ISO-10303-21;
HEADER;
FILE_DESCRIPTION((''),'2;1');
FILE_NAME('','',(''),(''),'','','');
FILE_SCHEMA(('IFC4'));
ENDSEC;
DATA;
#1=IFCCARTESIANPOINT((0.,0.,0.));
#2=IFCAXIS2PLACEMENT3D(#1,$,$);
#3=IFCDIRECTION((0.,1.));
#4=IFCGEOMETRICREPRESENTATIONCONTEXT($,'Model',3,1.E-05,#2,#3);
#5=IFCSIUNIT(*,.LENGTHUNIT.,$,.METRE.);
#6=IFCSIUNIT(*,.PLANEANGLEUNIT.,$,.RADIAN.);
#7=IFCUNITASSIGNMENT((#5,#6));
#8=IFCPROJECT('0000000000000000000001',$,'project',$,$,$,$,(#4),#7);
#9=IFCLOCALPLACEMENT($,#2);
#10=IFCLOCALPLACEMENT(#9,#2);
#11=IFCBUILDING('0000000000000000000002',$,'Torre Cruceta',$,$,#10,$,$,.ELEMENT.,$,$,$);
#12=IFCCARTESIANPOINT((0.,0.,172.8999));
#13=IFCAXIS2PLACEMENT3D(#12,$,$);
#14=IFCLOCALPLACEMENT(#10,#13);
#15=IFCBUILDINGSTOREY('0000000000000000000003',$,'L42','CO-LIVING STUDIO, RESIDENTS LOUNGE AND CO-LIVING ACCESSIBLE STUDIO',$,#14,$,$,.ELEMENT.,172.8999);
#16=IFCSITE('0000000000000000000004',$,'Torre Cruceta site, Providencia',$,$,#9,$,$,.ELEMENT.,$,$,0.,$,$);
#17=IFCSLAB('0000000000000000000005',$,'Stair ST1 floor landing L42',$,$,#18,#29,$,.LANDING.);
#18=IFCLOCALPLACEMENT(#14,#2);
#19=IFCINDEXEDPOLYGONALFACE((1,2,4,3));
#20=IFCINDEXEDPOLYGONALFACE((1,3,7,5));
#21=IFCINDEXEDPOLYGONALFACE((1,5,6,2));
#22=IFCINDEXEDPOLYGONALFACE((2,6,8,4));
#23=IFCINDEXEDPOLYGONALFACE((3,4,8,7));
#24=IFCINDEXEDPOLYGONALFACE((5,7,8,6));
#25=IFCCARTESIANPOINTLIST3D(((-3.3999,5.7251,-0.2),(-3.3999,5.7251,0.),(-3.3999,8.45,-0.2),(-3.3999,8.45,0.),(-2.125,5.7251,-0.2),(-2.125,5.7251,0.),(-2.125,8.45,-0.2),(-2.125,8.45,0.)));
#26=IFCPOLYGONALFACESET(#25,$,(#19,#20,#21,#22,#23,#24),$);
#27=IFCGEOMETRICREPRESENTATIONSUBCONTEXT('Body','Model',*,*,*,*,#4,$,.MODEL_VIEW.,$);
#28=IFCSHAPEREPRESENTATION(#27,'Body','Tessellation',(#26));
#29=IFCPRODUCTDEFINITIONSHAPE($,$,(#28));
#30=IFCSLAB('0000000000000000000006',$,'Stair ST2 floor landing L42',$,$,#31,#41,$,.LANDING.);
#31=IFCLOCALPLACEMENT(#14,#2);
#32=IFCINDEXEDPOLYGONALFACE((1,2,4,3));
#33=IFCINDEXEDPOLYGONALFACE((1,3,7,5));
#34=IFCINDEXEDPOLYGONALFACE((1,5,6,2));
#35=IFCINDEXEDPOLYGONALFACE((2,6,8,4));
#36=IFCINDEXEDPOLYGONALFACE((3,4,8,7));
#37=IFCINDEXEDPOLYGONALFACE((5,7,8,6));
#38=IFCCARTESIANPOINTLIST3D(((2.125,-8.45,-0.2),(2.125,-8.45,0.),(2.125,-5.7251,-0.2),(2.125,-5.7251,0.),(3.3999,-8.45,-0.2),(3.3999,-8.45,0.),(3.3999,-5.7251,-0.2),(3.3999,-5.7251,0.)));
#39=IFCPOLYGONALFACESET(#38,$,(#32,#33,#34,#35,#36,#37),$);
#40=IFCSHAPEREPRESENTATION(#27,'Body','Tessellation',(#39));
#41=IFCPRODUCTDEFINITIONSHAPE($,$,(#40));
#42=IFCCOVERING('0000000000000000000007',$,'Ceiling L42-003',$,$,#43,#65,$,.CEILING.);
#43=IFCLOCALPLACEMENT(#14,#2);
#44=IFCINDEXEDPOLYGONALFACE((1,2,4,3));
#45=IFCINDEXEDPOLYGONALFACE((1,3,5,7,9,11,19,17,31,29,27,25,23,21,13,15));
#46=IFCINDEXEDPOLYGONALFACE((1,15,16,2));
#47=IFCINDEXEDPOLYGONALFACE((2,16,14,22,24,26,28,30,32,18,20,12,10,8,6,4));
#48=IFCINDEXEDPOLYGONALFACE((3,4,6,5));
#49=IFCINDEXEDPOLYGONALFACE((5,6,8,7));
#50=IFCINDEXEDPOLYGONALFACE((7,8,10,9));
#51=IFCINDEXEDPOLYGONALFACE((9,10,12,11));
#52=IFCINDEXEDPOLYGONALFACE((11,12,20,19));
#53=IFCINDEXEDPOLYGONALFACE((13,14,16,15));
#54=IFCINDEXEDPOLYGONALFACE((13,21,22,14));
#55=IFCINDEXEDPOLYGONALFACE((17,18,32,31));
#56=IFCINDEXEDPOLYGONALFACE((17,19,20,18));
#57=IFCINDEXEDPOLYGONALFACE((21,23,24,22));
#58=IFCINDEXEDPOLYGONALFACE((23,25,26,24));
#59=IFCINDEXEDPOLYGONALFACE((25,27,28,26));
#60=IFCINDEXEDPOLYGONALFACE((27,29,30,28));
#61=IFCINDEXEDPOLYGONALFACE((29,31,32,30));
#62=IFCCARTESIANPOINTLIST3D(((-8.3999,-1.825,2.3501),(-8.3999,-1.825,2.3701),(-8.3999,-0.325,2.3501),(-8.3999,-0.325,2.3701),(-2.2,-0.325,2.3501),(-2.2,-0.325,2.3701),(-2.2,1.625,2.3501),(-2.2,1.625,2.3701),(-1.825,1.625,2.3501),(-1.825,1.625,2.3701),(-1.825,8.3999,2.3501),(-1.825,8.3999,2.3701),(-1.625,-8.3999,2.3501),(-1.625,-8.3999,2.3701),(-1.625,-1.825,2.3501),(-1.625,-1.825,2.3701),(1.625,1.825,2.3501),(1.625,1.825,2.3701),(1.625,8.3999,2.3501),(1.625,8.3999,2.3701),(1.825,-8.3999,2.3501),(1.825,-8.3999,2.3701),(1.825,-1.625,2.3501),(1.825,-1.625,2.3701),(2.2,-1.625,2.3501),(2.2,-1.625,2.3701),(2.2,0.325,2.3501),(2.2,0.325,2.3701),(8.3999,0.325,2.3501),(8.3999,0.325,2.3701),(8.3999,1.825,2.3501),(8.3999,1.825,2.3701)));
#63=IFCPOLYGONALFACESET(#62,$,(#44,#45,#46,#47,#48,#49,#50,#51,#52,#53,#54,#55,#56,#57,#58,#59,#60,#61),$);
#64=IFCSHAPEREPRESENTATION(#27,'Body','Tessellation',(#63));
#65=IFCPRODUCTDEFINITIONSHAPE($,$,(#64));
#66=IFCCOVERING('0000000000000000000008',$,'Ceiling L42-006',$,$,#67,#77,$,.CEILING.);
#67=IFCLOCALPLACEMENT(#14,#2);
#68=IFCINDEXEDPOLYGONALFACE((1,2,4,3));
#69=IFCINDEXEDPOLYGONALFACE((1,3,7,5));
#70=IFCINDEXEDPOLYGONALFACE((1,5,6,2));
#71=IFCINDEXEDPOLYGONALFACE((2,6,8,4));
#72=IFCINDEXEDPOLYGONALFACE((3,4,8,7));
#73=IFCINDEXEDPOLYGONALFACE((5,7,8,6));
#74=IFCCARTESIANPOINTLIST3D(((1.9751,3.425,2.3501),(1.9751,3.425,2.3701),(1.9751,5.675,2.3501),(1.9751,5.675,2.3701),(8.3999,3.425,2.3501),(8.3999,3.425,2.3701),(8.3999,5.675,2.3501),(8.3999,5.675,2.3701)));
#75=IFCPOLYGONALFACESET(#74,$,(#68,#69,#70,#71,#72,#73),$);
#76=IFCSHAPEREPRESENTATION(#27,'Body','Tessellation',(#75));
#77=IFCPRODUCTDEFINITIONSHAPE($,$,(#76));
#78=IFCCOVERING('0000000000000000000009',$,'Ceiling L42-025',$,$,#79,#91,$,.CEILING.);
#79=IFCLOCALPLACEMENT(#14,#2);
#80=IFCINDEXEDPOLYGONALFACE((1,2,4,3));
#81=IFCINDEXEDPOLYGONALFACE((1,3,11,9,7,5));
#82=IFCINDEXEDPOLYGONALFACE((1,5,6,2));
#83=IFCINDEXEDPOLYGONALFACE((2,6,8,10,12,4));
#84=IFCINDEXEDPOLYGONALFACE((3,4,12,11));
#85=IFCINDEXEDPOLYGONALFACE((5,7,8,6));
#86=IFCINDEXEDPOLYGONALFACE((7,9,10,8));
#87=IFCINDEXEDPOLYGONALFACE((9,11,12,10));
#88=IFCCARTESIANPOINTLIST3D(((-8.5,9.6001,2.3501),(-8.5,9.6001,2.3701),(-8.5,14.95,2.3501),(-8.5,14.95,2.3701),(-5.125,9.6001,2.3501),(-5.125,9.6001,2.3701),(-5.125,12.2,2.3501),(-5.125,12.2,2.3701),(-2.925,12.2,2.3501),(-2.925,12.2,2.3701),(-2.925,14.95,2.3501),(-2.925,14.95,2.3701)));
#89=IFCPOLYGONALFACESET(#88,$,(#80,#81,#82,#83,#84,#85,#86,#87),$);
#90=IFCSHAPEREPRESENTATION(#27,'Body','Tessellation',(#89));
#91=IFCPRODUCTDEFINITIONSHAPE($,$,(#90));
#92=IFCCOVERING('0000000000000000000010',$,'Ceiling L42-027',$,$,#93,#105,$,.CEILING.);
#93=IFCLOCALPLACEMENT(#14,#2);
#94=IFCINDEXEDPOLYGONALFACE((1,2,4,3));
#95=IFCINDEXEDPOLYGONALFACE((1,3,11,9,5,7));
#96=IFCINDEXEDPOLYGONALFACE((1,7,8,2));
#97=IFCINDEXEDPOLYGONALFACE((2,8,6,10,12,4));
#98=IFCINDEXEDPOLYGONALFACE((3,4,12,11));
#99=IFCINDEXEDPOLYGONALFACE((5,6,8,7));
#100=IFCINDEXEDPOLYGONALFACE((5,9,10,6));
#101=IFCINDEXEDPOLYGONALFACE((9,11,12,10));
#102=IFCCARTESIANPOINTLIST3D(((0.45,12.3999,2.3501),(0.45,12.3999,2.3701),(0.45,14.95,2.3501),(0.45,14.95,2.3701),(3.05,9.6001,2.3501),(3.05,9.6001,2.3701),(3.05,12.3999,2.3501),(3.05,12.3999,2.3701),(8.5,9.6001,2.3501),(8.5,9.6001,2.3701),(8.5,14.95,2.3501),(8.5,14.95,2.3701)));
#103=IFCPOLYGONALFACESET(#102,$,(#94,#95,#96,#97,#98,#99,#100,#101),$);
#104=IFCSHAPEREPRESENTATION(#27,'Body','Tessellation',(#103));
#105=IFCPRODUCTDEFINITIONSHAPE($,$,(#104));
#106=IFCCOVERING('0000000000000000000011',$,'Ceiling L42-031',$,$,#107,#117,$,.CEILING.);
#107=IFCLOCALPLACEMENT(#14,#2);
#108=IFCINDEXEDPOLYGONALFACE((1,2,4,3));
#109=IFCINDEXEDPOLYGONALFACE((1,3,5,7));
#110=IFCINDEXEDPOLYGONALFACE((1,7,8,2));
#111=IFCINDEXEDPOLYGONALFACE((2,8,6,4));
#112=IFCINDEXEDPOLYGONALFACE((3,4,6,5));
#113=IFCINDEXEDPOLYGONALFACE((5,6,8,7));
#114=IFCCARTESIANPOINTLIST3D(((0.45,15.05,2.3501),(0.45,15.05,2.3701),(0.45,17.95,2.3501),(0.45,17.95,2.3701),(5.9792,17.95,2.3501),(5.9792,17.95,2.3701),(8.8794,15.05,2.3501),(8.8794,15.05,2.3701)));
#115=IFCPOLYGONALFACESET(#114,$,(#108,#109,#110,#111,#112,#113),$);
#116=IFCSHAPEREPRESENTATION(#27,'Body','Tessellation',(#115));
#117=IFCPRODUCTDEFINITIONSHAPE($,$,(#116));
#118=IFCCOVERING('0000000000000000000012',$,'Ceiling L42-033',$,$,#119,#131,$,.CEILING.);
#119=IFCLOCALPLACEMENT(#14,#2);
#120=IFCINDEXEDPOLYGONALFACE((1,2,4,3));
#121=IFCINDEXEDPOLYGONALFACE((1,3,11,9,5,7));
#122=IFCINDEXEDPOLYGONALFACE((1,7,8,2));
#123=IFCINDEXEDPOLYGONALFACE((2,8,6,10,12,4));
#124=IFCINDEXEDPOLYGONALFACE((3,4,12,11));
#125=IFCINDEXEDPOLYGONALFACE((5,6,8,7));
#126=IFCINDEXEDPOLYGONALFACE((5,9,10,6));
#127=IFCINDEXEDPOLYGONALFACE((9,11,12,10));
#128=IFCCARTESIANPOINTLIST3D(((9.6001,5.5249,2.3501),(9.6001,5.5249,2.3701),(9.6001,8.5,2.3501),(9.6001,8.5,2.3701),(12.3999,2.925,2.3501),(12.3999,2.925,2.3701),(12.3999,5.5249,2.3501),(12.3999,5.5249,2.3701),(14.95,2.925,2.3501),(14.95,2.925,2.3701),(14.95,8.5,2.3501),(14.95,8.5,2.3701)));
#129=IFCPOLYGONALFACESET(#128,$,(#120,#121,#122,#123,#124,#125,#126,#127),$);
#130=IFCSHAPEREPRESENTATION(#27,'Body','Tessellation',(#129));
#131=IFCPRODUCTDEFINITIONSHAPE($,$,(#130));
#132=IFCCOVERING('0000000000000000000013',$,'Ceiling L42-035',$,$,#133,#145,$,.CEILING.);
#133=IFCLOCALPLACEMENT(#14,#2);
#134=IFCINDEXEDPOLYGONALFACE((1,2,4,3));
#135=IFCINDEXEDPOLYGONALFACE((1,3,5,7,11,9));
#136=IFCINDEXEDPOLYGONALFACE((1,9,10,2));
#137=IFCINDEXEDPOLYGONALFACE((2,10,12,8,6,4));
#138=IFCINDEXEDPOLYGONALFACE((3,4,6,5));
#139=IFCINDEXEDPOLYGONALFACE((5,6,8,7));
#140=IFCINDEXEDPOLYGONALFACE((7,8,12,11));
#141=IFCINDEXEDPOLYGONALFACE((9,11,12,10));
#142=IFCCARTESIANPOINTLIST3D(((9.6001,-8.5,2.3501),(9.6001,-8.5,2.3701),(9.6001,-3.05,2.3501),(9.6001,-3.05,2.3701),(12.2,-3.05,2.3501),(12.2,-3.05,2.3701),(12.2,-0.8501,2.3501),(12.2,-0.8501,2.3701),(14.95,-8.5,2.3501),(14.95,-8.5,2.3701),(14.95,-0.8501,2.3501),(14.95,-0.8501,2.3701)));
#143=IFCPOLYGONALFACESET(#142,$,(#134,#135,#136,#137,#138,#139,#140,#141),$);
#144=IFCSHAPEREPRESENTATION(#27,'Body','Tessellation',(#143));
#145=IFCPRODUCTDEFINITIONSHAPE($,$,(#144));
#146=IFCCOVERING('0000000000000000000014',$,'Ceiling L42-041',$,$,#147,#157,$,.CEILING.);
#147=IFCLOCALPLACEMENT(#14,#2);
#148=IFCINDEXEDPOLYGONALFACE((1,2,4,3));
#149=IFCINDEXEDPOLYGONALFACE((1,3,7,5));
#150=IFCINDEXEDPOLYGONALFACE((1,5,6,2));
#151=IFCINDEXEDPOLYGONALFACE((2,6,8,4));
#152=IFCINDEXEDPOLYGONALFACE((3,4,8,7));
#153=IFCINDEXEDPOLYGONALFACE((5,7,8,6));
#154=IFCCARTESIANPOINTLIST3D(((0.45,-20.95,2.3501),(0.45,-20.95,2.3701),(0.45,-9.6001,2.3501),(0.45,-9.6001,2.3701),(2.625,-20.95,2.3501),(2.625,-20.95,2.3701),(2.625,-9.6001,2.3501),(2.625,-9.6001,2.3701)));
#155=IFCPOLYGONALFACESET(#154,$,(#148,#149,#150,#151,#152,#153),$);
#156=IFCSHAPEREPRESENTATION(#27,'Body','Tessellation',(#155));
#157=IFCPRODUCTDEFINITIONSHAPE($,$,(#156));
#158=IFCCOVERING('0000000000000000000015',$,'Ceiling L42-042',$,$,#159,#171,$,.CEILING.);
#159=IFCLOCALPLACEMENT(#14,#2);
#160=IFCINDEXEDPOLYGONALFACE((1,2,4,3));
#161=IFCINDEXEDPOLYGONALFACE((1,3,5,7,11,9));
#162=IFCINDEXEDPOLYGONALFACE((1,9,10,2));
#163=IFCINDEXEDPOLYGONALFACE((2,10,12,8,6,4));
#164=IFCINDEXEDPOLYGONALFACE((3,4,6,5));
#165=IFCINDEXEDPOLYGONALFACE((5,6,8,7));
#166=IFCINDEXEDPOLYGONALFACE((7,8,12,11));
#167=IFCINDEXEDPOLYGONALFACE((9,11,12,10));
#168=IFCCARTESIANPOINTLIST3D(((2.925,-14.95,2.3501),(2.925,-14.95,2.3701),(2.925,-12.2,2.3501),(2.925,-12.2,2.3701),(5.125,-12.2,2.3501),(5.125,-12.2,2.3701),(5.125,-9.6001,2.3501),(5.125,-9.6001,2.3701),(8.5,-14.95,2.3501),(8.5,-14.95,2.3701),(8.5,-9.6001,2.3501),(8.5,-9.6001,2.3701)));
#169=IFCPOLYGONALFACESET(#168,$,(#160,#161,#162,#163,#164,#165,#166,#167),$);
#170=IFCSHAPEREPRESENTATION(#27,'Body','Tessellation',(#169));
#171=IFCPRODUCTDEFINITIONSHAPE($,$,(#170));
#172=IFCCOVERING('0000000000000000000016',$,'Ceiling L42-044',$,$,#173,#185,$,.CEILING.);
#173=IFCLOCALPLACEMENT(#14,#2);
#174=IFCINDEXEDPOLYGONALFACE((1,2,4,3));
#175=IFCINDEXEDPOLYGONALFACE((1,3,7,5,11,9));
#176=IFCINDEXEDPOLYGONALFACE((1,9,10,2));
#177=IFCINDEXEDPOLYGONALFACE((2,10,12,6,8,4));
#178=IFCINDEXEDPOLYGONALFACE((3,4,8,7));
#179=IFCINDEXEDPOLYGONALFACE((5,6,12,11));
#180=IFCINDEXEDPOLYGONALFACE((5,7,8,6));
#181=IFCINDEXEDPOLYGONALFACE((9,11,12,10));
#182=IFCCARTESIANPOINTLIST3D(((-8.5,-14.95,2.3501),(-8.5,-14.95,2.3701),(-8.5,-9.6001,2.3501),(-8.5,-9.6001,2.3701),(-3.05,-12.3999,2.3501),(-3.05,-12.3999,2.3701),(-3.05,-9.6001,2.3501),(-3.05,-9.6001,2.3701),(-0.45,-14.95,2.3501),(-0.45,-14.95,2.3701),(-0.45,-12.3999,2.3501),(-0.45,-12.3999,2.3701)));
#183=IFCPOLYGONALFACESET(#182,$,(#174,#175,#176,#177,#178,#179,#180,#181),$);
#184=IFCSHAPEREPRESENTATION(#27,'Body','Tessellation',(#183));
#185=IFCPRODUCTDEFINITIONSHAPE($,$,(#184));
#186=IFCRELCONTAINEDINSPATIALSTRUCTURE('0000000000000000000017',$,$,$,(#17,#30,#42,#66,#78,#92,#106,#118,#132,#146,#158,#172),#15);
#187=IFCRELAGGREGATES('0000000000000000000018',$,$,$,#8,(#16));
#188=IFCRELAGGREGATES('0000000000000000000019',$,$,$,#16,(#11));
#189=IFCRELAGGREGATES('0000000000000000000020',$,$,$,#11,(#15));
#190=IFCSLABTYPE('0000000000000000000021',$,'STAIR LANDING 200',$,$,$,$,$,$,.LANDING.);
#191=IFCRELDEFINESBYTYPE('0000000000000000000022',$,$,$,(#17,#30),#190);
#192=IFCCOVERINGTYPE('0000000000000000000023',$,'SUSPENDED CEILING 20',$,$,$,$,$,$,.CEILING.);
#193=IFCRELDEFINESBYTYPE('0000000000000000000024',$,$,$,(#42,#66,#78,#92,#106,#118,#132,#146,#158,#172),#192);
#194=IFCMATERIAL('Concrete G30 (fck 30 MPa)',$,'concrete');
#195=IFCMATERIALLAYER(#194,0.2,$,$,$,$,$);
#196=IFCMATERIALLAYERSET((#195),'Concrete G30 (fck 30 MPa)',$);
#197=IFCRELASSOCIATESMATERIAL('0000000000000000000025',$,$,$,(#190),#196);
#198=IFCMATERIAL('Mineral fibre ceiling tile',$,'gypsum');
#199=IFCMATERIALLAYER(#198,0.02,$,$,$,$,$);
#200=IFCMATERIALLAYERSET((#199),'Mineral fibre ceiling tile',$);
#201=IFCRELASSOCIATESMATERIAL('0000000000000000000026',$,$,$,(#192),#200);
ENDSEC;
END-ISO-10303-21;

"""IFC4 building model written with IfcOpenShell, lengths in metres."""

from ifc_helpers import new_model, si_unit, direction, frame, origin, place, context, subcontext, project, spatial, polyline, outline, extrude, material, layer, layer_set, type_object, element, save


model = new_model("IFC4")

# Units and contexts
model_context = context("Model", 3, precision=1e-05, world=origin(), true_north=direction((0.0, 1.0)))
body_context = subcontext(model_context, "Body", "Model", "MODEL_VIEW")
ifc_project = project(units=[si_unit("LENGTHUNIT", "METRE"), si_unit("PLANEANGLEUNIT", "RADIAN")], contexts=[model_context])

# Site, building, storey
site_placement = place(None, origin())
site = spatial("IfcSite", under=ifc_project, at=site_placement, Name="Torre Cruceta site, Providencia", CompositionType="ELEMENT", RefElevation=0.0)
building_placement = place(site_placement, origin())
building = spatial("IfcBuilding", under=site, at=building_placement, Name="Torre Cruceta", CompositionType="ELEMENT")
storey_placement = place(building_placement, frame((0.0, 0.0, 172.8999)))
storey = spatial("IfcBuildingStorey", under=building, at=storey_placement, Name="L42", Description="CO-LIVING STUDIO, RESIDENTS LOUNGE AND CO-LIVING ACCESSIBLE STUDIO", CompositionType="ELEMENT", Elevation=172.8999)

# Shared definitions
ifc_material_1 = material(Name="Concrete G30 (fck 30 MPa)", Category="concrete")
ifc_layer_1 = layer(ifc_material_1, 0.2)
ifc_layer_set_1 = layer_set([ifc_layer_1], Name="Concrete G30 (fck 30 MPa)")
slab_type_1 = type_object("IfcSlabType", Name="STAIR LANDING 200", PredefinedType="LANDING", material=ifc_layer_set_1)

# Slabs
slab_1_placement = place(storey_placement, frame((0.0, 0.0, -0.2)))
element("IfcSlab", 1, at=slab_1_placement, inside=storey, type_object=slab_type_1, Name="Stair ST1 floor landing L42", PredefinedType="LANDING", context=body_context, shape_type="SweptSolid", body=[
    extrude(outline(polyline([(-2.125, 8.45), (-2.125, 5.7251), (-3.3999, 5.7251), (-3.3999, 8.45), (-2.125, 8.45)])), origin(), (0.0, 0.0, 1.0), 0.2),
])
slab_2_placement = place(storey_placement, frame((0.0, 0.0, -0.2)))
element("IfcSlab", 2, at=slab_2_placement, inside=storey, type_object=slab_type_1, Name="Stair ST2 floor landing L42", PredefinedType="LANDING", context=body_context, shape_type="SweptSolid", body=[
    extrude(outline(polyline([(2.125, -8.45), (2.125, -5.7251), (3.3999, -5.7251), (3.3999, -8.45), (2.125, -8.45)])), origin(), (0.0, 0.0, 1.0), 0.2),
])

# Coverings
ifc_material_2 = material(Name="Mineral fibre ceiling tile", Category="gypsum")
ifc_layer_2 = layer(ifc_material_2, 0.02)
ifc_layer_set_2 = layer_set([ifc_layer_2], Name="Mineral fibre ceiling tile")
covering_type = type_object("IfcCoveringType", Name="SUSPENDED CEILING 20", PredefinedType="CEILING", material=ifc_layer_set_2)
covering_1_placement = place(storey_placement, frame((0.0, 0.0, 2.3501)))
element("IfcCovering", 3, at=covering_1_placement, inside=storey, type_object=covering_type, Name="Ceiling L42-003", PredefinedType="CEILING", context=body_context, shape_type="SweptSolid", body=[
    extrude(outline(polyline([(1.825, -8.3999), (-1.625, -8.3999), (-1.625, -1.825), (-8.3999, -1.825), (-8.3999, -0.325), (-2.2, -0.325), (-2.2, 1.625), (-1.825, 1.625), (-1.825, 8.3999), (1.625, 8.3999), (1.625, 1.825), (8.3999, 1.825), (8.3999, 0.325), (2.2, 0.325), (2.2, -1.625), (1.825, -1.625), (1.825, -8.3999)])), origin(), (0.0, 0.0, 1.0), 0.02),
])
covering_2_placement = place(storey_placement, frame((0.0, 0.0, 2.3501)))
element("IfcCovering", 4, at=covering_2_placement, inside=storey, type_object=covering_type, Name="Ceiling L42-006", PredefinedType="CEILING", context=body_context, shape_type="SweptSolid", body=[
    extrude(outline(polyline([(1.9751, 3.425), (1.9751, 5.675), (8.3999, 5.675), (8.3999, 3.425), (1.9751, 3.425)])), origin(), (0.0, 0.0, 1.0), 0.02),
])
covering_3_placement = place(storey_placement, frame((0.0, 0.0, 2.3501)))
element("IfcCovering", 5, at=covering_3_placement, inside=storey, type_object=covering_type, Name="Ceiling L42-025", PredefinedType="CEILING", context=body_context, shape_type="SweptSolid", body=[
    extrude(outline(polyline([(-8.5, 9.6001), (-8.5, 14.95), (-2.925, 14.95), (-2.925, 12.2), (-5.125, 12.2), (-5.125, 9.6001), (-8.5, 9.6001)])), origin(), (0.0, 0.0, 1.0), 0.02),
])
covering_4_placement = place(storey_placement, frame((0.0, 0.0, 2.3501)))
element("IfcCovering", 6, at=covering_4_placement, inside=storey, type_object=covering_type, Name="Ceiling L42-027", PredefinedType="CEILING", context=body_context, shape_type="SweptSolid", body=[
    extrude(outline(polyline([(0.45, 14.95), (8.5, 14.95), (8.5, 9.6001), (3.05, 9.6001), (3.05, 12.3999), (0.45, 12.3999), (0.45, 14.95)])), origin(), (0.0, 0.0, 1.0), 0.02),
])
covering_5_placement = place(storey_placement, frame((0.0, 0.0, 2.3501)))
element("IfcCovering", 7, at=covering_5_placement, inside=storey, type_object=covering_type, Name="Ceiling L42-031", PredefinedType="CEILING", context=body_context, shape_type="SweptSolid", body=[
    extrude(outline(polyline([(8.8794, 15.05), (0.45, 15.05), (0.45, 17.95), (5.9792, 17.95), (8.8794, 15.05)])), origin(), (0.0, 0.0, 1.0), 0.02),
])
covering_6_placement = place(storey_placement, frame((0.0, 0.0, 2.3501)))
element("IfcCovering", 8, at=covering_6_placement, inside=storey, type_object=covering_type, Name="Ceiling L42-033", PredefinedType="CEILING", context=body_context, shape_type="SweptSolid", body=[
    extrude(outline(polyline([(9.6001, 8.5), (14.95, 8.5), (14.95, 2.925), (12.3999, 2.925), (12.3999, 5.5249), (9.6001, 5.5249), (9.6001, 8.5)])), origin(), (0.0, 0.0, 1.0), 0.02),
])
covering_7_placement = place(storey_placement, frame((0.0, 0.0, 2.3501)))
element("IfcCovering", 9, at=covering_7_placement, inside=storey, type_object=covering_type, Name="Ceiling L42-035", PredefinedType="CEILING", context=body_context, shape_type="SweptSolid", body=[
    extrude(outline(polyline([(14.95, -0.8501), (14.95, -8.5), (9.6001, -8.5), (9.6001, -3.05), (12.2, -3.05), (12.2, -0.8501), (14.95, -0.8501)])), origin(), (0.0, 0.0, 1.0), 0.02),
])
covering_8_placement = place(storey_placement, frame((0.0, 0.0, 2.3501)))
element("IfcCovering", 10, at=covering_8_placement, inside=storey, type_object=covering_type, Name="Ceiling L42-041", PredefinedType="CEILING", context=body_context, shape_type="SweptSolid", body=[
    extrude(outline(polyline([(0.45, -9.6001), (2.625, -9.6001), (2.625, -20.95), (0.45, -20.95), (0.45, -9.6001)])), origin(), (0.0, 0.0, 1.0), 0.02),
])
covering_9_placement = place(storey_placement, frame((0.0, 0.0, 2.3501)))
element("IfcCovering", 11, at=covering_9_placement, inside=storey, type_object=covering_type, Name="Ceiling L42-042", PredefinedType="CEILING", context=body_context, shape_type="SweptSolid", body=[
    extrude(outline(polyline([(8.5, -9.6001), (8.5, -14.95), (2.925, -14.95), (2.925, -12.2), (5.125, -12.2), (5.125, -9.6001), (8.5, -9.6001)])), origin(), (0.0, 0.0, 1.0), 0.02),
])
covering_10_placement = place(storey_placement, frame((0.0, 0.0, 2.3501)))
element("IfcCovering", 12, at=covering_10_placement, inside=storey, type_object=covering_type, Name="Ceiling L42-044", PredefinedType="CEILING", context=body_context, shape_type="SweptSolid", body=[
    extrude(outline(polyline([(-0.45, -14.95), (-8.5, -14.95), (-8.5, -9.6001), (-3.05, -9.6001), (-3.05, -12.3999), (-0.45, -12.3999), (-0.45, -14.95)])), origin(), (0.0, 0.0, 1.0), 0.02),
])

save(model, "model.ifc")
